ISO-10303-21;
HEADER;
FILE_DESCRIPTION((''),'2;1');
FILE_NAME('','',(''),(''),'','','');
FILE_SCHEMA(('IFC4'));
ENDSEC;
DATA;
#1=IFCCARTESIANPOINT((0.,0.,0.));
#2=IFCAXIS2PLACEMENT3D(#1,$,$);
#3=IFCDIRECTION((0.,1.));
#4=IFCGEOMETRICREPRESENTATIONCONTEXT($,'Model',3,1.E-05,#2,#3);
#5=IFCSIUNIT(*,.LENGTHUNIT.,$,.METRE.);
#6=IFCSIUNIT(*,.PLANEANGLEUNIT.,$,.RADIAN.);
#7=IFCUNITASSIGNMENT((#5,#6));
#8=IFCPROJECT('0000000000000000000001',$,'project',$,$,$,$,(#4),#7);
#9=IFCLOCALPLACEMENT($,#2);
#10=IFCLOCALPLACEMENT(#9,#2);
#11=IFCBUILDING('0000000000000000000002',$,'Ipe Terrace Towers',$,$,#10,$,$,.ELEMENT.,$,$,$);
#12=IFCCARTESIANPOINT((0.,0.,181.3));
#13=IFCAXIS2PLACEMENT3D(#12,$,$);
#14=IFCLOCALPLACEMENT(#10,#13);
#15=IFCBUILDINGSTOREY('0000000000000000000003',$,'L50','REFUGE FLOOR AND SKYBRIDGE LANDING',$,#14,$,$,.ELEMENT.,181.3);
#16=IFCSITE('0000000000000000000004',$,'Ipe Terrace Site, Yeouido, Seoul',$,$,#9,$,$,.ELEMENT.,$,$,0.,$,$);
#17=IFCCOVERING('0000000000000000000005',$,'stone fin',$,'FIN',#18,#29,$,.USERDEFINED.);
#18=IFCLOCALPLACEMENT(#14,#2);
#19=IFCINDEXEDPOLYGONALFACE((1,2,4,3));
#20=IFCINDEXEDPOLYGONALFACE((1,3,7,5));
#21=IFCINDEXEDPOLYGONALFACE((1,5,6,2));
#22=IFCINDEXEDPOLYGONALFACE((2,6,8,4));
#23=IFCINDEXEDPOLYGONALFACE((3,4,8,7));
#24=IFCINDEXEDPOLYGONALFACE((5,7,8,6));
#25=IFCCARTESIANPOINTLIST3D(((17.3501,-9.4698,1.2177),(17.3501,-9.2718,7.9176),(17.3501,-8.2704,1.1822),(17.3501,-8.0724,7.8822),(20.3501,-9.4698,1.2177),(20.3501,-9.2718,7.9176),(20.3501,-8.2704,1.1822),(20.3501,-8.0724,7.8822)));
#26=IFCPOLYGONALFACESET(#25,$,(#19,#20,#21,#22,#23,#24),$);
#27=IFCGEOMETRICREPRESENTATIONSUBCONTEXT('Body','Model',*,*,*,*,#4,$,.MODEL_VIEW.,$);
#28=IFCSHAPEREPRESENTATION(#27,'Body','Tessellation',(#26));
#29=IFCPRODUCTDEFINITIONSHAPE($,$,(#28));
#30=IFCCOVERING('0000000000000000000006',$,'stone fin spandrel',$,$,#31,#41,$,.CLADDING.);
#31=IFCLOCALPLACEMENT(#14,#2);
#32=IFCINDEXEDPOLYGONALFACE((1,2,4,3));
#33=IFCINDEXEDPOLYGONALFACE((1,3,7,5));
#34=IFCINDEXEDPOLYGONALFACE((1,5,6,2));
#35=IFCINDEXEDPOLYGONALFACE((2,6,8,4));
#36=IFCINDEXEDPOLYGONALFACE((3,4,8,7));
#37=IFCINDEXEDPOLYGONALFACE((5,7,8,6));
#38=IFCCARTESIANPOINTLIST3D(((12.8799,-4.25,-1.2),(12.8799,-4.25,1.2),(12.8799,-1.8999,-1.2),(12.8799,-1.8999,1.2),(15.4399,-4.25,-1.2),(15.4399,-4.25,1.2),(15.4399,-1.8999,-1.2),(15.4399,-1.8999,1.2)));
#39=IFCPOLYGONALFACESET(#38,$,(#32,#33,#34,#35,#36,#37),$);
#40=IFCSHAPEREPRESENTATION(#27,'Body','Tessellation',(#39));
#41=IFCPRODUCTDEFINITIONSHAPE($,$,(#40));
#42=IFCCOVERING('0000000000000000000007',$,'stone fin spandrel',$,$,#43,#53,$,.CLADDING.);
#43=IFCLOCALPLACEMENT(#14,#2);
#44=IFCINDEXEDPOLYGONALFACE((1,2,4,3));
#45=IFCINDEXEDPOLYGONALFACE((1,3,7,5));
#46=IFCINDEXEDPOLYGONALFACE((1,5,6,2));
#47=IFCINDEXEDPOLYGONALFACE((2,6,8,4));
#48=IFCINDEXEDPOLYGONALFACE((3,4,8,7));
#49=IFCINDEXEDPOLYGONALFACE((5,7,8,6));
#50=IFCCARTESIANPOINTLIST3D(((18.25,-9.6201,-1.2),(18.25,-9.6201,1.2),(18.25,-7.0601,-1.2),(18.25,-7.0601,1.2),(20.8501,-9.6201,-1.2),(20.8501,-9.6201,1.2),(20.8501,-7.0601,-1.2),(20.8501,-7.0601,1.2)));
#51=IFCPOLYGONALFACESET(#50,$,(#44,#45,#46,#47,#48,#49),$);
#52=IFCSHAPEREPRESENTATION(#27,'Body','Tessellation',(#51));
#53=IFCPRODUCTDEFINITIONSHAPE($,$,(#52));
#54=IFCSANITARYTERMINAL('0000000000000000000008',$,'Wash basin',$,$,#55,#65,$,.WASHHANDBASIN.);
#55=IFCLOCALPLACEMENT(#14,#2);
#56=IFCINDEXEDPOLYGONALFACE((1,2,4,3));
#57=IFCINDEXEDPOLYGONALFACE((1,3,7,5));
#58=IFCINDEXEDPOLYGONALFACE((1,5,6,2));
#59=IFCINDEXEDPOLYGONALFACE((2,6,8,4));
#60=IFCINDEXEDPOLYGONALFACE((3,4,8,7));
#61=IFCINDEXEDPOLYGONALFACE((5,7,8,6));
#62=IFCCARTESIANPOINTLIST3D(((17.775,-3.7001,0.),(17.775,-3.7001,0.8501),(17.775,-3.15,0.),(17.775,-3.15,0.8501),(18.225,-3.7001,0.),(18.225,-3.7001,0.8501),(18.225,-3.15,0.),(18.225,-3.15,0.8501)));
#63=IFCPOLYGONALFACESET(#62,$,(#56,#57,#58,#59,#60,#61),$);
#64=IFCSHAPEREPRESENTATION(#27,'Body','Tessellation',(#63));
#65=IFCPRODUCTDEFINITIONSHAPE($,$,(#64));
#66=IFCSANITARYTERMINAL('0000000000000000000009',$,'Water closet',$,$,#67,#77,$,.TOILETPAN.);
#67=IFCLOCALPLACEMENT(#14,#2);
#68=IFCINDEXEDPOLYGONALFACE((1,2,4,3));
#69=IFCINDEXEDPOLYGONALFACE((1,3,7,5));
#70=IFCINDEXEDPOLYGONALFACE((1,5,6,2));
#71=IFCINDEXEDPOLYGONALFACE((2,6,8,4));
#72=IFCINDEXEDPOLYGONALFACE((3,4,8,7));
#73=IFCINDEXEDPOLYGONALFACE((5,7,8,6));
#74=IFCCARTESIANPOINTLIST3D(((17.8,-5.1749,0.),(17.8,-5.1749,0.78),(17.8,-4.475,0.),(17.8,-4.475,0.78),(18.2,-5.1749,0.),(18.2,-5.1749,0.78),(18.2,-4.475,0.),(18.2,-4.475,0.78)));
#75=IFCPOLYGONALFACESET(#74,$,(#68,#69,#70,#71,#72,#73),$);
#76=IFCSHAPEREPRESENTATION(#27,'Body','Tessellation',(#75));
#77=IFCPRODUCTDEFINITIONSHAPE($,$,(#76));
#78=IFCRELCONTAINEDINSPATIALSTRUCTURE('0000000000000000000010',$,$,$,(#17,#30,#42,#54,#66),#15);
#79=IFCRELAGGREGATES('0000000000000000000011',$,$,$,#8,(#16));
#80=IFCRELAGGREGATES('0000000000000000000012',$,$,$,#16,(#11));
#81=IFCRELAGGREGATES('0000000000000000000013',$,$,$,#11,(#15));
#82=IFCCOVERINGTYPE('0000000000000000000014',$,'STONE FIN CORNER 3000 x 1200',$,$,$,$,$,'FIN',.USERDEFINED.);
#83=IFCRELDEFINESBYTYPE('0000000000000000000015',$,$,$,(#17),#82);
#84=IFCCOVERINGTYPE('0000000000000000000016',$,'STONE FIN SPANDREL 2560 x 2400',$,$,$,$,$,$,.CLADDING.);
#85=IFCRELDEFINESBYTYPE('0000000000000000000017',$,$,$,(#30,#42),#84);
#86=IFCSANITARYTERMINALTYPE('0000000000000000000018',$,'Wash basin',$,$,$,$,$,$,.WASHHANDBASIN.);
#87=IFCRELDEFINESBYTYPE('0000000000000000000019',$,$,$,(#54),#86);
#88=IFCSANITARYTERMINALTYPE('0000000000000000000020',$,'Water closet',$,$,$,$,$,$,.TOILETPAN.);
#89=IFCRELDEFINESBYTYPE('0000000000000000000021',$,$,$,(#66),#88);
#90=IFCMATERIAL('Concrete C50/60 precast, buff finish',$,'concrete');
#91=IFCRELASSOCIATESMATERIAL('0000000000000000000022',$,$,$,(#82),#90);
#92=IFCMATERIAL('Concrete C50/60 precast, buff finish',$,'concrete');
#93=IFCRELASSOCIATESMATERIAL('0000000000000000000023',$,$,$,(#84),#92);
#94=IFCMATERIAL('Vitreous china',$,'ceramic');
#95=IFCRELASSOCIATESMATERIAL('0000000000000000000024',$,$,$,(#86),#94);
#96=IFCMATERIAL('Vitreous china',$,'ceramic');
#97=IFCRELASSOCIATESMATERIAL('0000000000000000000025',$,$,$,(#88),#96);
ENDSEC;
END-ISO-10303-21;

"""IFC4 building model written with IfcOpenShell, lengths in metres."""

from ifc_helpers import new_model, si_unit, direction, frame, origin, origin_2d, place, context, subcontext, project, spatial, rectangle, extrude, material, material_profile, profile_set, type_object, element, save


model = new_model("IFC4")

# Units and contexts
model_context = context("Model", 3, precision=1e-05, world=origin(), true_north=direction((0.0, 1.0)))
body_context = subcontext(model_context, "Body", "Model", "MODEL_VIEW")
ifc_project = project(units=[si_unit("LENGTHUNIT", "METRE"), si_unit("PLANEANGLEUNIT", "RADIAN")], contexts=[model_context])

# Site, building, storey
site_placement = place(None, origin())
site = spatial("IfcSite", under=ifc_project, at=site_placement, Name="Ipe Terrace Site, Yeouido, Seoul", CompositionType="ELEMENT", RefElevation=0.0)
building_placement = place(site_placement, origin())
building = spatial("IfcBuilding", under=site, at=building_placement, Name="Ipe Terrace Towers", CompositionType="ELEMENT")
storey_placement = place(building_placement, frame((0.0, 0.0, 181.3)))
storey = spatial("IfcBuildingStorey", under=building, at=storey_placement, Name="L50", Description="REFUGE FLOOR AND SKYBRIDGE LANDING", CompositionType="ELEMENT", Elevation=181.3)

# Coverings
ifc_material_1 = material(Name="Concrete C50/60 precast, buff finish", Category="concrete")
ifc_material_profile_1 = material_profile(ifc_material_1, rectangle(XDim=3.0, YDim=1.2, at=origin_2d()), Name="STONE FIN CORNER 3000 x 1200")
ifc_profile_set_1 = profile_set([ifc_material_profile_1], Name="Concrete C50/60 precast, buff finish")
covering_type_1 = type_object("IfcCoveringType", Name="STONE FIN CORNER 3000 x 1200", ElementType="FIN", PredefinedType="USERDEFINED", material=ifc_profile_set_1)
for number, where, z_axis, x_axis, name in (
    (1, (18.8501, -8.8701, 1.2), (0.0, 0.029539, 0.999564), (1.0, 0.0, 0.0), "stone fin"),
):
    element("IfcCovering", number, at=place(storey_placement, frame(where, z_axis=z_axis, x_axis=x_axis)), inside=storey, type_object=covering_type_1, Name=name, ObjectType="FIN", PredefinedType="USERDEFINED", context=body_context, shape_type="SweptSolid", body=[
        extrude(rectangle(XDim=3.0, YDim=1.2, at=origin_2d()), origin(), (0.0, 0.0, 1.0), 6.7029),
    ])
ifc_material_2 = material(Name="Concrete C50/60 precast, buff finish", Category="concrete")
ifc_material_profile_2 = material_profile(ifc_material_2, rectangle(XDim=2.5601, YDim=2.3999, at=origin_2d()), Name="STONE FIN SPANDREL 2560 x 2400")
ifc_profile_set_2 = profile_set([ifc_material_profile_2], Name="Concrete C50/60 precast, buff finish")
covering_type_2 = type_object("IfcCoveringType", Name="STONE FIN SPANDREL 2560 x 2400", PredefinedType="CLADDING", material=ifc_profile_set_2)
covering_1_placement = place(storey_placement, frame((14.1599, -1.8999, 0.0), z_axis=(0.0, -1.0, 0.0), x_axis=(-1.0, 0.0, 0.0)))
element("IfcCovering", 2, at=covering_1_placement, inside=storey, type_object=covering_type_2, Name="stone fin spandrel", PredefinedType="CLADDING", context=body_context, shape_type="SweptSolid", body=[
    extrude(rectangle(XDim=2.5601, YDim=2.3999, at=origin_2d()), origin(), (0.0, 0.0, 1.0), 2.3501),
])
covering_2_placement = place(storey_placement, frame((18.25, -8.3401, 0.0), z_axis=(1.0, 0.0, 0.0), x_axis=(0.0, -1.0, 0.0)))
element("IfcCovering", 3, at=covering_2_placement, inside=storey, type_object=covering_type_2, Name="stone fin spandrel", PredefinedType="CLADDING", context=body_context, shape_type="SweptSolid", body=[
    extrude(rectangle(XDim=2.5601, YDim=2.3999, at=origin_2d()), origin(), (0.0, 0.0, 1.0), 2.6001),
])

# Sanitary terminals
ifc_material_3 = material(Name="Vitreous china", Category="ceramic")
sanitary_terminal_type_1 = type_object("IfcSanitaryTerminalType", Name="Wash basin", PredefinedType="WASHHANDBASIN", material=ifc_material_3)
sanitary_terminal_1_placement = place(storey_placement, frame((18.0, -3.425, 0.0), z_axis=(0.0, 0.0, 1.0), x_axis=(0.0, 1.0, 0.0)))
element("IfcSanitaryTerminal", 4, at=sanitary_terminal_1_placement, inside=storey, type_object=sanitary_terminal_type_1, Name="Wash basin", PredefinedType="WASHHANDBASIN", context=body_context, shape_type="SweptSolid", body=[
    extrude(rectangle(XDim=0.55, YDim=0.45, at=origin_2d()), origin(), (0.0, 0.0, 1.0), 0.8501),
])
ifc_material_4 = material(Name="Vitreous china", Category="ceramic")
sanitary_terminal_type_2 = type_object("IfcSanitaryTerminalType", Name="Water closet", PredefinedType="TOILETPAN", material=ifc_material_4)
sanitary_terminal_2_placement = place(storey_placement, frame((18.0, -4.825, 0.0), z_axis=(0.0, 0.0, 1.0), x_axis=(0.0, 1.0, 0.0)))
element("IfcSanitaryTerminal", 5, at=sanitary_terminal_2_placement, inside=storey, type_object=sanitary_terminal_type_2, Name="Water closet", PredefinedType="TOILETPAN", context=body_context, shape_type="SweptSolid", body=[
    extrude(rectangle(XDim=0.7, YDim=0.3999, at=origin_2d()), origin(), (0.0, 0.0, 1.0), 0.78),
])

save(model, "model.ifc")
